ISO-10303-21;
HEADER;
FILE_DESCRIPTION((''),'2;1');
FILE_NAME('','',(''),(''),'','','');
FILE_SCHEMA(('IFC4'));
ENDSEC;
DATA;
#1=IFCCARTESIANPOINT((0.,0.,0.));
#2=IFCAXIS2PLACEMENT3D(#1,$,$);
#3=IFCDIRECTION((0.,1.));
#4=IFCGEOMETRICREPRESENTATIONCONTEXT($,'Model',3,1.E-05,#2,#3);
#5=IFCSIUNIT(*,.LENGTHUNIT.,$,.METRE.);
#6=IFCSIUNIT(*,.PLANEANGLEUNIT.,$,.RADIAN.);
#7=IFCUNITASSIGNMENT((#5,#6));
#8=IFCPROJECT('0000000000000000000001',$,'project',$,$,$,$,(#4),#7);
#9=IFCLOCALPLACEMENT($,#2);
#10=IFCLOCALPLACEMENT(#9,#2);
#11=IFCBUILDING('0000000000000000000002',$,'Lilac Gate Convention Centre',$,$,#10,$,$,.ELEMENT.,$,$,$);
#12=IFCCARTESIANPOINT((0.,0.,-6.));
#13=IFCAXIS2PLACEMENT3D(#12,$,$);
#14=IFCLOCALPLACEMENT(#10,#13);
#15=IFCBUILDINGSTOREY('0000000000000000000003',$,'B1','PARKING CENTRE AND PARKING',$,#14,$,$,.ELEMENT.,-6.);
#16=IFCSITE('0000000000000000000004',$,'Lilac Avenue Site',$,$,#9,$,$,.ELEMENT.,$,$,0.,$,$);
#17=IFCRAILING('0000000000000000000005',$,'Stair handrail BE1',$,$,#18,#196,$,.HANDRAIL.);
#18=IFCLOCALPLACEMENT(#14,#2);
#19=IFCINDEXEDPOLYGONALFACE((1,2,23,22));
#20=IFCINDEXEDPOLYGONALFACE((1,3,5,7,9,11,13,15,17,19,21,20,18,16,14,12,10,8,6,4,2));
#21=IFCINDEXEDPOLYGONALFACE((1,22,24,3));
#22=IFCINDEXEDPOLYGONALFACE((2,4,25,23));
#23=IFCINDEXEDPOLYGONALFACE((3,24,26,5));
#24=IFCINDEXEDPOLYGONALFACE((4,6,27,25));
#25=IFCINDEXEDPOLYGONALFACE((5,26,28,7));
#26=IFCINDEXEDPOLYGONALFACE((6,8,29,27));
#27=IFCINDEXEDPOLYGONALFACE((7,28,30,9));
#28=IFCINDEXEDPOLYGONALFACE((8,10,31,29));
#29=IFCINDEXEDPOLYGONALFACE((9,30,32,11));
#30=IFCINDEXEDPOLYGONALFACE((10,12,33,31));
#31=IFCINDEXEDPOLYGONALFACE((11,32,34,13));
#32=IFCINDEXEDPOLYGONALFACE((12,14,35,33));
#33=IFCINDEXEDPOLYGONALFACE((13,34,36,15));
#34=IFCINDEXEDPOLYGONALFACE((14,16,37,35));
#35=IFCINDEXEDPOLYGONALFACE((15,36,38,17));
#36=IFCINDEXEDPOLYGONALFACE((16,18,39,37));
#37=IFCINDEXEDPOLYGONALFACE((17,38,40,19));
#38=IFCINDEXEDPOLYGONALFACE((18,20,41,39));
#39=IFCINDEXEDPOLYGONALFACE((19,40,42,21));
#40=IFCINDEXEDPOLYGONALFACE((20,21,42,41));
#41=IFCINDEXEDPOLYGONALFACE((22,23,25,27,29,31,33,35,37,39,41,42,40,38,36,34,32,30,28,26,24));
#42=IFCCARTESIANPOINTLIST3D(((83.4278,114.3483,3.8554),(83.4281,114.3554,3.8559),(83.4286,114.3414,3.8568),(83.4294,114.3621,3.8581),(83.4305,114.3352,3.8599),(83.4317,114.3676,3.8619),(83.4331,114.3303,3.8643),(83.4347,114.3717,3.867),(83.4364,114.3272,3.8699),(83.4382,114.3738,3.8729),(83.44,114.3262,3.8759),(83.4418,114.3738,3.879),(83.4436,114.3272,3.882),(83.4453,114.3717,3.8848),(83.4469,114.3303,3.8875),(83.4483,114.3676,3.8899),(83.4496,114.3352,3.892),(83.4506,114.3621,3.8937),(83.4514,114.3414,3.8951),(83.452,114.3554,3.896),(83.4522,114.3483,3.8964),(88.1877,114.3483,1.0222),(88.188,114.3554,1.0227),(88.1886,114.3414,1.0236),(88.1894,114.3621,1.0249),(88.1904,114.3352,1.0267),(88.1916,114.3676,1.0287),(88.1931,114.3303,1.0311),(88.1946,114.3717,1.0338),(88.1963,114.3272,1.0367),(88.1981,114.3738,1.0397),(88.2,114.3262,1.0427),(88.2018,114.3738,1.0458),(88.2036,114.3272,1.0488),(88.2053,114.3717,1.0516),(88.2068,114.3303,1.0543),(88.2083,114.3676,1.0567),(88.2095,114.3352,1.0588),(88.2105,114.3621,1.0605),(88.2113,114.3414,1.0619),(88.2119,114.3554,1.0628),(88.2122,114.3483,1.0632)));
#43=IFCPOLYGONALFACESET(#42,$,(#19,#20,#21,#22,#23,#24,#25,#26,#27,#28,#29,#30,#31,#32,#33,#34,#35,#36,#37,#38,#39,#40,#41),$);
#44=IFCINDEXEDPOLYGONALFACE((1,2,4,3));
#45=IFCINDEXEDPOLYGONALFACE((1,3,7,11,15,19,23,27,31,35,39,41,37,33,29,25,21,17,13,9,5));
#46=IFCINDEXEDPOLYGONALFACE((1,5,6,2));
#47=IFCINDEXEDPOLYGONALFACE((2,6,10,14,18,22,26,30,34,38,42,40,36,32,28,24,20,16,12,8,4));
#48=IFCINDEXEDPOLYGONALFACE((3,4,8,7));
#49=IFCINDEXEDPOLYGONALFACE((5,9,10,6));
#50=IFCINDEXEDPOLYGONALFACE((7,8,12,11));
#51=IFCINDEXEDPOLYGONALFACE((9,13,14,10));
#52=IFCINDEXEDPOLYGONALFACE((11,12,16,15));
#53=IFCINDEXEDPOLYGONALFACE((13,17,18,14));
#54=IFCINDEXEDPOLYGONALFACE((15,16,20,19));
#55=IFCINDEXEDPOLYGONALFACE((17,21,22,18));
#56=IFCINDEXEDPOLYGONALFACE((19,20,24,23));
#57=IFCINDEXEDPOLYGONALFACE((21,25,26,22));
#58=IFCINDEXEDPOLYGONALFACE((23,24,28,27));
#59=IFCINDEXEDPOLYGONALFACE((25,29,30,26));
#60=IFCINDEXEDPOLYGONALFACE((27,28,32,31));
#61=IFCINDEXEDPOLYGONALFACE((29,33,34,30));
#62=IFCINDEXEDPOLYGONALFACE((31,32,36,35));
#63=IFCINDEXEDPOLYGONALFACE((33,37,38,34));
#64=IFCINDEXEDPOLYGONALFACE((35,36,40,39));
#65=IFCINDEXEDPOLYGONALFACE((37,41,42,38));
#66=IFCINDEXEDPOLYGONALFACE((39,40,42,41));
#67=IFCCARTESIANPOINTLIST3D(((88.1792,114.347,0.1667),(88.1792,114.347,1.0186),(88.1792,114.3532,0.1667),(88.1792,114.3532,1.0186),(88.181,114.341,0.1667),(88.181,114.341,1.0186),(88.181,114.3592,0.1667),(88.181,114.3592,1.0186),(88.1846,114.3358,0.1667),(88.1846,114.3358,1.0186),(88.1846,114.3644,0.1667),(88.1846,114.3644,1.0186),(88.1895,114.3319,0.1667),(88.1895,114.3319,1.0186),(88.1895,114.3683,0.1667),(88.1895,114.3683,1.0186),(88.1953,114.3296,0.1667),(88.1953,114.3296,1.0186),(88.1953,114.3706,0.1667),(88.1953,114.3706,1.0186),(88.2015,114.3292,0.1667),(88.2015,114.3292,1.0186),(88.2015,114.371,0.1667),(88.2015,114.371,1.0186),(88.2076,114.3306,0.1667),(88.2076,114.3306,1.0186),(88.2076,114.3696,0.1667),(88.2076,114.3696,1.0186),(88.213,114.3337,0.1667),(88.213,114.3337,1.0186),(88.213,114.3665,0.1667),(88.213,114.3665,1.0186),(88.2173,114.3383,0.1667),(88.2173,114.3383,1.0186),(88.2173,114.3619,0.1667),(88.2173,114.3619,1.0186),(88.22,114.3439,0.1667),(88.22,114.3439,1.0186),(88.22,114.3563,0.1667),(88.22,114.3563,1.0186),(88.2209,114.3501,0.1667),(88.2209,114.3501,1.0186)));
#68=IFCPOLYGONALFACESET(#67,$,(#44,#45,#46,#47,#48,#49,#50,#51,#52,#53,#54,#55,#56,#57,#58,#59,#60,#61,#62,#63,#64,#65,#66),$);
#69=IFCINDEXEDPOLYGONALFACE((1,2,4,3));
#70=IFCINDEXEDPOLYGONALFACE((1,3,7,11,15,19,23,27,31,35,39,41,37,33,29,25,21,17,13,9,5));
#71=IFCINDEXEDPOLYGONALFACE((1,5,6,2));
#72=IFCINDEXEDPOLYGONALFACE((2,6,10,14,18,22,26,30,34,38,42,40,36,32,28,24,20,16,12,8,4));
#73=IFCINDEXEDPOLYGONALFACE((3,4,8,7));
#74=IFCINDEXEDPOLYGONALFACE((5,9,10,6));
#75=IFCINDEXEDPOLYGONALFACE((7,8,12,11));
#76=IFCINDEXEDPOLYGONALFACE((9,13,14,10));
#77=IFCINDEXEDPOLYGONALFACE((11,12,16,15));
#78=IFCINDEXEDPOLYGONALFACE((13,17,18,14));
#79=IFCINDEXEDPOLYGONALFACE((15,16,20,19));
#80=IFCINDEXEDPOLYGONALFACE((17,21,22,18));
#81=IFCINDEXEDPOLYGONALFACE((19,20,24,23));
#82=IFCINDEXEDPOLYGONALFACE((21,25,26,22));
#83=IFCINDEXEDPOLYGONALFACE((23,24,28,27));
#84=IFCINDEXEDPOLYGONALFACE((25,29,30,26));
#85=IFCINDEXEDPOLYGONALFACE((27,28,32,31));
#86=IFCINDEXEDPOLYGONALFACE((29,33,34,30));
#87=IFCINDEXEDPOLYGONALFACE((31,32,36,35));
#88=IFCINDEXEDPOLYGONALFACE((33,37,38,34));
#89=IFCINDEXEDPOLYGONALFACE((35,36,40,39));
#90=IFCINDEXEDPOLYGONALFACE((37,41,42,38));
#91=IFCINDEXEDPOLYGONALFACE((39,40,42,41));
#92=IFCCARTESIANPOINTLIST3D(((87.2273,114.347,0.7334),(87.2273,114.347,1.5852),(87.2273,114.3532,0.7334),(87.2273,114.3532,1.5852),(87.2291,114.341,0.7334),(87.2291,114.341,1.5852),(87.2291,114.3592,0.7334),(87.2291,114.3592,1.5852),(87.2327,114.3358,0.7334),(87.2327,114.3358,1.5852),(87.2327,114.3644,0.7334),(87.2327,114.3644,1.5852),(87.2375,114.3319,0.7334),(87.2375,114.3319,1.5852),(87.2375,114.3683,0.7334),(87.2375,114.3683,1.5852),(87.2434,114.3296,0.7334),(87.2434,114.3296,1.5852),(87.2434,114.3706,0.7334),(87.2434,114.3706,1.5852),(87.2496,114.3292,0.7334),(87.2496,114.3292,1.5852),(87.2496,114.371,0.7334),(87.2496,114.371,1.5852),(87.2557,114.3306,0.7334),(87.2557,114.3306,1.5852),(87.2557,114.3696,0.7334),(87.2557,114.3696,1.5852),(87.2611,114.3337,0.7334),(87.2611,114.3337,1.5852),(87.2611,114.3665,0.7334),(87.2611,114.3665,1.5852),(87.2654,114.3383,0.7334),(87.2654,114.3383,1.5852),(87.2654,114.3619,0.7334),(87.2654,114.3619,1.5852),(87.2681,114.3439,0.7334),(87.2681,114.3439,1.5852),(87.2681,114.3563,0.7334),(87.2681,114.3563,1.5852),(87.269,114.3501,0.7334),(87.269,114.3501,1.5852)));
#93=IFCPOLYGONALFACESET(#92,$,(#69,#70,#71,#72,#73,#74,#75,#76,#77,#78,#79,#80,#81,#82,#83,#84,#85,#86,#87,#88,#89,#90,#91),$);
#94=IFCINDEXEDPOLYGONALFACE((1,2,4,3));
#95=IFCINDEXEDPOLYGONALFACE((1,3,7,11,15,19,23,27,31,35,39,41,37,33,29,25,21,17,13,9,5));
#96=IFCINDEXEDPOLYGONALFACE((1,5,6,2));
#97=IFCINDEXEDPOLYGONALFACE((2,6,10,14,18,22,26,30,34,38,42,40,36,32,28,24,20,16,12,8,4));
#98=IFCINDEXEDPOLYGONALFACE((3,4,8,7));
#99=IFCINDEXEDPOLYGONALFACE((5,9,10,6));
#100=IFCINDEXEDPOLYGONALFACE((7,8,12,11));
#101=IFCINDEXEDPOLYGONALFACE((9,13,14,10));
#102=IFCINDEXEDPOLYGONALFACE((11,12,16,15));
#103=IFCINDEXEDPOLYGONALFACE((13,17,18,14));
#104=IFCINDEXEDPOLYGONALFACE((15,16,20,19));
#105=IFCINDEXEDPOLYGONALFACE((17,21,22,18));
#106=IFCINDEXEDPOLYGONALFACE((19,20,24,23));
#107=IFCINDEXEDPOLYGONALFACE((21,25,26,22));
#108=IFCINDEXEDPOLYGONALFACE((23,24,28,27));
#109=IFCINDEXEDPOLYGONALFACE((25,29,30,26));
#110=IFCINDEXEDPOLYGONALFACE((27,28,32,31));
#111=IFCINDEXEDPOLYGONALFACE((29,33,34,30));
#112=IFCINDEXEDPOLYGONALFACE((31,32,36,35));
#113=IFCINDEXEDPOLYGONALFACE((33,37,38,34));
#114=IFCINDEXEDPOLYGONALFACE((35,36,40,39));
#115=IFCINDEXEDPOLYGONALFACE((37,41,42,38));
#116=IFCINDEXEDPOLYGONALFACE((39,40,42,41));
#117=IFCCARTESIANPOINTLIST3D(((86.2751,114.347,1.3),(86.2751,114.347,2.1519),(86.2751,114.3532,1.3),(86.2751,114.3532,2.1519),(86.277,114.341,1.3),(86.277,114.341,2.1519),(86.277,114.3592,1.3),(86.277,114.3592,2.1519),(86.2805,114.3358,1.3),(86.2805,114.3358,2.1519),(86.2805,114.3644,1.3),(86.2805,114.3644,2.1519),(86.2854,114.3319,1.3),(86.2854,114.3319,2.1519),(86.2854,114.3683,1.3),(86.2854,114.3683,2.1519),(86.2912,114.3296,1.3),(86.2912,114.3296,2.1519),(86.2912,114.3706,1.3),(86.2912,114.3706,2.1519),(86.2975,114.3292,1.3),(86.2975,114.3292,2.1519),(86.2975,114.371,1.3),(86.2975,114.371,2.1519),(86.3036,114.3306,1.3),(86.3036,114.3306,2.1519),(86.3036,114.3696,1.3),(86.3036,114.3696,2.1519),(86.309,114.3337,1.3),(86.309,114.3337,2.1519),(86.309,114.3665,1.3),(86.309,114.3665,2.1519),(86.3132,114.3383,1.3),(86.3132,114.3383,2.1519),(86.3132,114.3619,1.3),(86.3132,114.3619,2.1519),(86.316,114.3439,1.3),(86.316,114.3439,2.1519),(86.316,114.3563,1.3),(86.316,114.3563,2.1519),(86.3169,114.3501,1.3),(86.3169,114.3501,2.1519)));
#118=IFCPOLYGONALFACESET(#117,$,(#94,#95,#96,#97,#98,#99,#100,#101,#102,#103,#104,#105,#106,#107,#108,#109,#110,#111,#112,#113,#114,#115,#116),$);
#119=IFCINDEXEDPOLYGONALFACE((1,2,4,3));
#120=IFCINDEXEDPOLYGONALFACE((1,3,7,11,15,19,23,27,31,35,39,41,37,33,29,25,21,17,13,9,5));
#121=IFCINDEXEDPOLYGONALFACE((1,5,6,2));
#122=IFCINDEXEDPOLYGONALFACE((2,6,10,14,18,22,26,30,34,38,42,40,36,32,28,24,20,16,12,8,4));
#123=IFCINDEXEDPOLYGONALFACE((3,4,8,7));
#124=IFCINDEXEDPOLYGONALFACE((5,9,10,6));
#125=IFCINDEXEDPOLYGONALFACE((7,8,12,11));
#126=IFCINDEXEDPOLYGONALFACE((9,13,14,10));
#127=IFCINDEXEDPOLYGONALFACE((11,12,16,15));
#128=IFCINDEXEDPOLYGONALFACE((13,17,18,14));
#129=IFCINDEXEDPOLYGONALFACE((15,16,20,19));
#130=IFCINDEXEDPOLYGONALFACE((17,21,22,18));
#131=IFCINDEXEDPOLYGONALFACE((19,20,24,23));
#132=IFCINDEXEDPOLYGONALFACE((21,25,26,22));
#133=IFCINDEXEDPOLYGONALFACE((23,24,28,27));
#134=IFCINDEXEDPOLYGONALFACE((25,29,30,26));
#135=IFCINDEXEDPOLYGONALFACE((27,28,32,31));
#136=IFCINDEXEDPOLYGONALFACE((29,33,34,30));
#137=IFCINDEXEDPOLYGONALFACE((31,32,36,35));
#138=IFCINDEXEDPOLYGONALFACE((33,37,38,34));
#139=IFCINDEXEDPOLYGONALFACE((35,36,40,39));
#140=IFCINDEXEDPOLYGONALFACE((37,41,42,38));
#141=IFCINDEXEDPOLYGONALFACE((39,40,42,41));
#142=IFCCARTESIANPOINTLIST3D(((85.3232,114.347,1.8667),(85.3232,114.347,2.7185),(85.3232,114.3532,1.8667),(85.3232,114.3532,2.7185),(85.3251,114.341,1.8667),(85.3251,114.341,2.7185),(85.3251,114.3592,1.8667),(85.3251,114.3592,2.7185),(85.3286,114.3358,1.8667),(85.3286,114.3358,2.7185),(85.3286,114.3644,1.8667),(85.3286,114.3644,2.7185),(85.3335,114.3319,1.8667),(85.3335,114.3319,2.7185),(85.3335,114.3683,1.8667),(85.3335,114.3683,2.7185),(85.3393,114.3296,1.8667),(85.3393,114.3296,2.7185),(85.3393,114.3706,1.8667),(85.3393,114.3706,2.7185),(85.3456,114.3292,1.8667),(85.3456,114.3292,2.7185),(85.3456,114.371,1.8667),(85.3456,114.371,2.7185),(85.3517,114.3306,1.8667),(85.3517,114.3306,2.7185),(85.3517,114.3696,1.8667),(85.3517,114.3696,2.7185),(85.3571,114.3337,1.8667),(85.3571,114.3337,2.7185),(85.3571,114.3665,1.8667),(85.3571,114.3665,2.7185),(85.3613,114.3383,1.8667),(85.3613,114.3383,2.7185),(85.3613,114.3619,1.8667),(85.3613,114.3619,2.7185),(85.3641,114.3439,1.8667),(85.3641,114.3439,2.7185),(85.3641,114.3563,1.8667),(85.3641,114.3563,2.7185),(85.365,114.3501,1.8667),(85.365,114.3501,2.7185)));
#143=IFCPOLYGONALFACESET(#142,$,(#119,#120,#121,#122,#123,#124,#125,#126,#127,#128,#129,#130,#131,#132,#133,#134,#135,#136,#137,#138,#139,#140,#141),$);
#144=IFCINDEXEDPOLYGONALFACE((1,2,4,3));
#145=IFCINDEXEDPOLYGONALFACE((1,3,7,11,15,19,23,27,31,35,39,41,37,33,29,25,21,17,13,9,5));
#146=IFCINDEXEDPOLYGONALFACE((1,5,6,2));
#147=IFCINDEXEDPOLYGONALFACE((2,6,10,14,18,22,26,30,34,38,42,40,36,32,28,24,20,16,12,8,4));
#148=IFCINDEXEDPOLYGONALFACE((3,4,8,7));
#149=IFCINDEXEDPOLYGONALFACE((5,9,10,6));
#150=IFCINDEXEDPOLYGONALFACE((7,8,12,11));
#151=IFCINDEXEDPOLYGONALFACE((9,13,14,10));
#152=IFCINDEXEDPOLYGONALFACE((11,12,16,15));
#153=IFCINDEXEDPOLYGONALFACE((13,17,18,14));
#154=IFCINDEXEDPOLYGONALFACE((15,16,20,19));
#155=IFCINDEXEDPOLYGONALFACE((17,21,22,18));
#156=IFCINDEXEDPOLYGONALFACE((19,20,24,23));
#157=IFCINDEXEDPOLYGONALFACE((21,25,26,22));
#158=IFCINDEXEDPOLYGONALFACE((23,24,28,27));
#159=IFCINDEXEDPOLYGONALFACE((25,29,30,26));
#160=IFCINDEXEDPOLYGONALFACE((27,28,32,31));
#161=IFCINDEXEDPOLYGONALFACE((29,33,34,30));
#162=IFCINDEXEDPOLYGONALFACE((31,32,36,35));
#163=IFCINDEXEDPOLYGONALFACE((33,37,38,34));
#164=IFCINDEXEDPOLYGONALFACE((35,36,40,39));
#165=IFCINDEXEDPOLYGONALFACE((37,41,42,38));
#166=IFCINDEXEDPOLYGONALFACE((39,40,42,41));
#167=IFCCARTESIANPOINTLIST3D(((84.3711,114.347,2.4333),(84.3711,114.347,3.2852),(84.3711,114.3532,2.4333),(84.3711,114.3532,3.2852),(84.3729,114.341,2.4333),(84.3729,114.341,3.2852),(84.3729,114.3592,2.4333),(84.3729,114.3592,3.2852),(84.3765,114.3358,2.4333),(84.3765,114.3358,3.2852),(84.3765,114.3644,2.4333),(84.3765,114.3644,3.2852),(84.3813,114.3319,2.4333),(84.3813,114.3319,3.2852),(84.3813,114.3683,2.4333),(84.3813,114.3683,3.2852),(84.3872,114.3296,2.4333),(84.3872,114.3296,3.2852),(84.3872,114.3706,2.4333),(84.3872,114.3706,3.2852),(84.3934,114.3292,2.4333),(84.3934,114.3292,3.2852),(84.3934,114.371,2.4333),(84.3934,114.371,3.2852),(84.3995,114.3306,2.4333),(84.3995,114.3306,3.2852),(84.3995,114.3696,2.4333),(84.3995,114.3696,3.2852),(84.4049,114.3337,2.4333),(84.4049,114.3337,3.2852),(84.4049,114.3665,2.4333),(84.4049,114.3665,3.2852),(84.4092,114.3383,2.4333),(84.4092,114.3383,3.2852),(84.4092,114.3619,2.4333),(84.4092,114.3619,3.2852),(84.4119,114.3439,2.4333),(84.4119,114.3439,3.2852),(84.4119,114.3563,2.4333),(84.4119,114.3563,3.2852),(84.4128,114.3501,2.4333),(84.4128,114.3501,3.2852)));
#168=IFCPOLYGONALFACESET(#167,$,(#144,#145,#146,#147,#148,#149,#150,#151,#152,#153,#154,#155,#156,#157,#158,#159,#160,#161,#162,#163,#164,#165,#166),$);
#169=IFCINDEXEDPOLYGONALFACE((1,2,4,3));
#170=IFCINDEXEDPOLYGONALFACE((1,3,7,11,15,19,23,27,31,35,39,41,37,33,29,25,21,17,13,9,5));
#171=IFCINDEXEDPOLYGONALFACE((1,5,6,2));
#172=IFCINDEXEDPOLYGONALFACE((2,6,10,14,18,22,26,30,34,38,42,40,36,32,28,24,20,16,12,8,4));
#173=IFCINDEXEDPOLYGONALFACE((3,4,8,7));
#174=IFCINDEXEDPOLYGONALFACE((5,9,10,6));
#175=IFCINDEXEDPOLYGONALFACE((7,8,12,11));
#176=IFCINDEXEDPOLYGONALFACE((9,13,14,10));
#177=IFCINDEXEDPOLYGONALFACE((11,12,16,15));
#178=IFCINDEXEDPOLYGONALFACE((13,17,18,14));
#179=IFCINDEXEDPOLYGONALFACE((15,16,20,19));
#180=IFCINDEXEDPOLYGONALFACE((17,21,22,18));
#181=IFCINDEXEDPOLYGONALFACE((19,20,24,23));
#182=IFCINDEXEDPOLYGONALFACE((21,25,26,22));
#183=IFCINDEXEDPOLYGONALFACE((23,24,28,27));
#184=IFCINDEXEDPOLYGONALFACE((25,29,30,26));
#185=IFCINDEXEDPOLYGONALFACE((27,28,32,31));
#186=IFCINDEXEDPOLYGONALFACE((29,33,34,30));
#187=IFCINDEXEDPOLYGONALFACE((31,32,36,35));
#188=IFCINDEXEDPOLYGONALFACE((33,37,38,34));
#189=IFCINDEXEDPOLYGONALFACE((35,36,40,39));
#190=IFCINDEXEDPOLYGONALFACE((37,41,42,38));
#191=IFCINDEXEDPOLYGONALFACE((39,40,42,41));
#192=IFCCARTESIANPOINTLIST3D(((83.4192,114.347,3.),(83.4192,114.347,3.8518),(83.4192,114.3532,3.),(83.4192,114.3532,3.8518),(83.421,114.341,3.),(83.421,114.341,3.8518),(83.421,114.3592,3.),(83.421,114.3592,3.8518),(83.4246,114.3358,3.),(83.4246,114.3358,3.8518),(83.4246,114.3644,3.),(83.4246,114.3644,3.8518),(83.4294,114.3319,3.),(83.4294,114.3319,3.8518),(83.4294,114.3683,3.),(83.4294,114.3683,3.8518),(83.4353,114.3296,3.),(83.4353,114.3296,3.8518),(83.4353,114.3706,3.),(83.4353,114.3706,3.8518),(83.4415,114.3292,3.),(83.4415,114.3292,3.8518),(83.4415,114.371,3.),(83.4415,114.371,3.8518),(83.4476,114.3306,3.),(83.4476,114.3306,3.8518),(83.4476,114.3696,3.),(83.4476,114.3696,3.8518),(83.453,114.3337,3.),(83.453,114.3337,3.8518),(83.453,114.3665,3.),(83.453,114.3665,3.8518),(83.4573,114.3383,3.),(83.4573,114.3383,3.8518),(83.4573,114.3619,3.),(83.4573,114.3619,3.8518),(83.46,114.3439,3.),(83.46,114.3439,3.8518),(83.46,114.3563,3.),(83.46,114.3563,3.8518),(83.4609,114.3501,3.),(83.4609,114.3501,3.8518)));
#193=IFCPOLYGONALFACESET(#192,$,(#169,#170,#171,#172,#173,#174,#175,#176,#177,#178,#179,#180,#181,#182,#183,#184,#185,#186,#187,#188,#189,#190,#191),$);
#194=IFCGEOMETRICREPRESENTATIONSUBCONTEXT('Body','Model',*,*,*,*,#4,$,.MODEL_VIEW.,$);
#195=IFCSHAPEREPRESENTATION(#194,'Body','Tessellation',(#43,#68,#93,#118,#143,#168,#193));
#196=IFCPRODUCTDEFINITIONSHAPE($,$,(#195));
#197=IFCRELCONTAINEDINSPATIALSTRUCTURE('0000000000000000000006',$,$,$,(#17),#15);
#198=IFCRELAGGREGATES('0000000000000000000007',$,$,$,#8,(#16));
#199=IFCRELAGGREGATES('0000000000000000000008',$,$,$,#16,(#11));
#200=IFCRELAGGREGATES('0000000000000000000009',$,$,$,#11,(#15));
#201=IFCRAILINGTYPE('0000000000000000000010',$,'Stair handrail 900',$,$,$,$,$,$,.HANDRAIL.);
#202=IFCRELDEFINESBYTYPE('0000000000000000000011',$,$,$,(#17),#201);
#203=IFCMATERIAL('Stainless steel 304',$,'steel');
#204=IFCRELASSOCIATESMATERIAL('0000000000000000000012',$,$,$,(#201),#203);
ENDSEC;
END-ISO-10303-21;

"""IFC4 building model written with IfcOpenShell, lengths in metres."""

from ifc_helpers import new_model, si_unit, direction, frame, origin, origin_2d, place, context, subcontext, project, spatial, circle, extrude, material, type_object, element, save


model = new_model("IFC4")

# Units and contexts
model_context = context("Model", 3, precision=1e-05, world=origin(), true_north=direction((0.0, 1.0)))
body_context = subcontext(model_context, "Body", "Model", "MODEL_VIEW")
ifc_project = project(units=[si_unit("LENGTHUNIT", "METRE"), si_unit("PLANEANGLEUNIT", "RADIAN")], contexts=[model_context])

# Site, building, storey
site_placement = place(None, origin())
site = spatial("IfcSite", under=ifc_project, at=site_placement, Name="Lilac Avenue Site", CompositionType="ELEMENT", RefElevation=0.0)
building_placement = place(site_placement, origin())
building = spatial("IfcBuilding", under=site, at=building_placement, Name="Lilac Gate Convention Centre", CompositionType="ELEMENT")
storey_placement = place(building_placement, frame((0.0, 0.0, -6.0)))
storey = spatial("IfcBuildingStorey", under=building, at=storey_placement, Name="B1", Description="PARKING CENTRE AND PARKING", CompositionType="ELEMENT", Elevation=-6.0)

# Shared definitions
ifc_material_1 = material(Name="Stainless steel 304", Category="steel")

# Railing
railing_type = type_object("IfcRailingType", Name="Stair handrail 900", PredefinedType="HANDRAIL", material=ifc_material_1)
for number, where, name in (
    (1, (88.2, 114.3501, 0.1667), "Stair handrail BE1"),
):
    element("IfcRailing", number, at=place(storey_placement, frame(where)), inside=storey, type_object=railing_type, Name=name, PredefinedType="HANDRAIL", context=body_context, shape_type="SweptSolid", body=[
        extrude(circle(Radius=0.0239, at=origin_2d()), frame((0.0, 0.0, 0.876), z_axis=(-0.8593, 0.0, 0.511472), x_axis=(0.0, -1.0, 0.0)), (0.0, 0.0, 1.0), 5.5393),
        extrude(circle(Radius=0.021, at=origin_2d()), origin(), (0.0, 0.0, 1.0), 0.8518),
        extrude(circle(Radius=0.021, at=origin_2d()), frame((-0.9519, 0.0, 0.5667)), (0.0, 0.0, 1.0), 0.8518),
        extrude(circle(Radius=0.021, at=origin_2d()), frame((-1.9041, 0.0, 1.1333)), (0.0, 0.0, 1.0), 0.8518),
        extrude(circle(Radius=0.021, at=origin_2d()), frame((-2.856, 0.0, 1.7)), (0.0, 0.0, 1.0), 0.8518),
        extrude(circle(Radius=0.021, at=origin_2d()), frame((-3.8081, 0.0, 2.2666)), (0.0, 0.0, 1.0), 0.8518),
        extrude(circle(Radius=0.021, at=origin_2d()), frame((-4.76, 0.0, 2.8333)), (0.0, 0.0, 1.0), 0.8518),
    ])

save(model, "model.ifc")
